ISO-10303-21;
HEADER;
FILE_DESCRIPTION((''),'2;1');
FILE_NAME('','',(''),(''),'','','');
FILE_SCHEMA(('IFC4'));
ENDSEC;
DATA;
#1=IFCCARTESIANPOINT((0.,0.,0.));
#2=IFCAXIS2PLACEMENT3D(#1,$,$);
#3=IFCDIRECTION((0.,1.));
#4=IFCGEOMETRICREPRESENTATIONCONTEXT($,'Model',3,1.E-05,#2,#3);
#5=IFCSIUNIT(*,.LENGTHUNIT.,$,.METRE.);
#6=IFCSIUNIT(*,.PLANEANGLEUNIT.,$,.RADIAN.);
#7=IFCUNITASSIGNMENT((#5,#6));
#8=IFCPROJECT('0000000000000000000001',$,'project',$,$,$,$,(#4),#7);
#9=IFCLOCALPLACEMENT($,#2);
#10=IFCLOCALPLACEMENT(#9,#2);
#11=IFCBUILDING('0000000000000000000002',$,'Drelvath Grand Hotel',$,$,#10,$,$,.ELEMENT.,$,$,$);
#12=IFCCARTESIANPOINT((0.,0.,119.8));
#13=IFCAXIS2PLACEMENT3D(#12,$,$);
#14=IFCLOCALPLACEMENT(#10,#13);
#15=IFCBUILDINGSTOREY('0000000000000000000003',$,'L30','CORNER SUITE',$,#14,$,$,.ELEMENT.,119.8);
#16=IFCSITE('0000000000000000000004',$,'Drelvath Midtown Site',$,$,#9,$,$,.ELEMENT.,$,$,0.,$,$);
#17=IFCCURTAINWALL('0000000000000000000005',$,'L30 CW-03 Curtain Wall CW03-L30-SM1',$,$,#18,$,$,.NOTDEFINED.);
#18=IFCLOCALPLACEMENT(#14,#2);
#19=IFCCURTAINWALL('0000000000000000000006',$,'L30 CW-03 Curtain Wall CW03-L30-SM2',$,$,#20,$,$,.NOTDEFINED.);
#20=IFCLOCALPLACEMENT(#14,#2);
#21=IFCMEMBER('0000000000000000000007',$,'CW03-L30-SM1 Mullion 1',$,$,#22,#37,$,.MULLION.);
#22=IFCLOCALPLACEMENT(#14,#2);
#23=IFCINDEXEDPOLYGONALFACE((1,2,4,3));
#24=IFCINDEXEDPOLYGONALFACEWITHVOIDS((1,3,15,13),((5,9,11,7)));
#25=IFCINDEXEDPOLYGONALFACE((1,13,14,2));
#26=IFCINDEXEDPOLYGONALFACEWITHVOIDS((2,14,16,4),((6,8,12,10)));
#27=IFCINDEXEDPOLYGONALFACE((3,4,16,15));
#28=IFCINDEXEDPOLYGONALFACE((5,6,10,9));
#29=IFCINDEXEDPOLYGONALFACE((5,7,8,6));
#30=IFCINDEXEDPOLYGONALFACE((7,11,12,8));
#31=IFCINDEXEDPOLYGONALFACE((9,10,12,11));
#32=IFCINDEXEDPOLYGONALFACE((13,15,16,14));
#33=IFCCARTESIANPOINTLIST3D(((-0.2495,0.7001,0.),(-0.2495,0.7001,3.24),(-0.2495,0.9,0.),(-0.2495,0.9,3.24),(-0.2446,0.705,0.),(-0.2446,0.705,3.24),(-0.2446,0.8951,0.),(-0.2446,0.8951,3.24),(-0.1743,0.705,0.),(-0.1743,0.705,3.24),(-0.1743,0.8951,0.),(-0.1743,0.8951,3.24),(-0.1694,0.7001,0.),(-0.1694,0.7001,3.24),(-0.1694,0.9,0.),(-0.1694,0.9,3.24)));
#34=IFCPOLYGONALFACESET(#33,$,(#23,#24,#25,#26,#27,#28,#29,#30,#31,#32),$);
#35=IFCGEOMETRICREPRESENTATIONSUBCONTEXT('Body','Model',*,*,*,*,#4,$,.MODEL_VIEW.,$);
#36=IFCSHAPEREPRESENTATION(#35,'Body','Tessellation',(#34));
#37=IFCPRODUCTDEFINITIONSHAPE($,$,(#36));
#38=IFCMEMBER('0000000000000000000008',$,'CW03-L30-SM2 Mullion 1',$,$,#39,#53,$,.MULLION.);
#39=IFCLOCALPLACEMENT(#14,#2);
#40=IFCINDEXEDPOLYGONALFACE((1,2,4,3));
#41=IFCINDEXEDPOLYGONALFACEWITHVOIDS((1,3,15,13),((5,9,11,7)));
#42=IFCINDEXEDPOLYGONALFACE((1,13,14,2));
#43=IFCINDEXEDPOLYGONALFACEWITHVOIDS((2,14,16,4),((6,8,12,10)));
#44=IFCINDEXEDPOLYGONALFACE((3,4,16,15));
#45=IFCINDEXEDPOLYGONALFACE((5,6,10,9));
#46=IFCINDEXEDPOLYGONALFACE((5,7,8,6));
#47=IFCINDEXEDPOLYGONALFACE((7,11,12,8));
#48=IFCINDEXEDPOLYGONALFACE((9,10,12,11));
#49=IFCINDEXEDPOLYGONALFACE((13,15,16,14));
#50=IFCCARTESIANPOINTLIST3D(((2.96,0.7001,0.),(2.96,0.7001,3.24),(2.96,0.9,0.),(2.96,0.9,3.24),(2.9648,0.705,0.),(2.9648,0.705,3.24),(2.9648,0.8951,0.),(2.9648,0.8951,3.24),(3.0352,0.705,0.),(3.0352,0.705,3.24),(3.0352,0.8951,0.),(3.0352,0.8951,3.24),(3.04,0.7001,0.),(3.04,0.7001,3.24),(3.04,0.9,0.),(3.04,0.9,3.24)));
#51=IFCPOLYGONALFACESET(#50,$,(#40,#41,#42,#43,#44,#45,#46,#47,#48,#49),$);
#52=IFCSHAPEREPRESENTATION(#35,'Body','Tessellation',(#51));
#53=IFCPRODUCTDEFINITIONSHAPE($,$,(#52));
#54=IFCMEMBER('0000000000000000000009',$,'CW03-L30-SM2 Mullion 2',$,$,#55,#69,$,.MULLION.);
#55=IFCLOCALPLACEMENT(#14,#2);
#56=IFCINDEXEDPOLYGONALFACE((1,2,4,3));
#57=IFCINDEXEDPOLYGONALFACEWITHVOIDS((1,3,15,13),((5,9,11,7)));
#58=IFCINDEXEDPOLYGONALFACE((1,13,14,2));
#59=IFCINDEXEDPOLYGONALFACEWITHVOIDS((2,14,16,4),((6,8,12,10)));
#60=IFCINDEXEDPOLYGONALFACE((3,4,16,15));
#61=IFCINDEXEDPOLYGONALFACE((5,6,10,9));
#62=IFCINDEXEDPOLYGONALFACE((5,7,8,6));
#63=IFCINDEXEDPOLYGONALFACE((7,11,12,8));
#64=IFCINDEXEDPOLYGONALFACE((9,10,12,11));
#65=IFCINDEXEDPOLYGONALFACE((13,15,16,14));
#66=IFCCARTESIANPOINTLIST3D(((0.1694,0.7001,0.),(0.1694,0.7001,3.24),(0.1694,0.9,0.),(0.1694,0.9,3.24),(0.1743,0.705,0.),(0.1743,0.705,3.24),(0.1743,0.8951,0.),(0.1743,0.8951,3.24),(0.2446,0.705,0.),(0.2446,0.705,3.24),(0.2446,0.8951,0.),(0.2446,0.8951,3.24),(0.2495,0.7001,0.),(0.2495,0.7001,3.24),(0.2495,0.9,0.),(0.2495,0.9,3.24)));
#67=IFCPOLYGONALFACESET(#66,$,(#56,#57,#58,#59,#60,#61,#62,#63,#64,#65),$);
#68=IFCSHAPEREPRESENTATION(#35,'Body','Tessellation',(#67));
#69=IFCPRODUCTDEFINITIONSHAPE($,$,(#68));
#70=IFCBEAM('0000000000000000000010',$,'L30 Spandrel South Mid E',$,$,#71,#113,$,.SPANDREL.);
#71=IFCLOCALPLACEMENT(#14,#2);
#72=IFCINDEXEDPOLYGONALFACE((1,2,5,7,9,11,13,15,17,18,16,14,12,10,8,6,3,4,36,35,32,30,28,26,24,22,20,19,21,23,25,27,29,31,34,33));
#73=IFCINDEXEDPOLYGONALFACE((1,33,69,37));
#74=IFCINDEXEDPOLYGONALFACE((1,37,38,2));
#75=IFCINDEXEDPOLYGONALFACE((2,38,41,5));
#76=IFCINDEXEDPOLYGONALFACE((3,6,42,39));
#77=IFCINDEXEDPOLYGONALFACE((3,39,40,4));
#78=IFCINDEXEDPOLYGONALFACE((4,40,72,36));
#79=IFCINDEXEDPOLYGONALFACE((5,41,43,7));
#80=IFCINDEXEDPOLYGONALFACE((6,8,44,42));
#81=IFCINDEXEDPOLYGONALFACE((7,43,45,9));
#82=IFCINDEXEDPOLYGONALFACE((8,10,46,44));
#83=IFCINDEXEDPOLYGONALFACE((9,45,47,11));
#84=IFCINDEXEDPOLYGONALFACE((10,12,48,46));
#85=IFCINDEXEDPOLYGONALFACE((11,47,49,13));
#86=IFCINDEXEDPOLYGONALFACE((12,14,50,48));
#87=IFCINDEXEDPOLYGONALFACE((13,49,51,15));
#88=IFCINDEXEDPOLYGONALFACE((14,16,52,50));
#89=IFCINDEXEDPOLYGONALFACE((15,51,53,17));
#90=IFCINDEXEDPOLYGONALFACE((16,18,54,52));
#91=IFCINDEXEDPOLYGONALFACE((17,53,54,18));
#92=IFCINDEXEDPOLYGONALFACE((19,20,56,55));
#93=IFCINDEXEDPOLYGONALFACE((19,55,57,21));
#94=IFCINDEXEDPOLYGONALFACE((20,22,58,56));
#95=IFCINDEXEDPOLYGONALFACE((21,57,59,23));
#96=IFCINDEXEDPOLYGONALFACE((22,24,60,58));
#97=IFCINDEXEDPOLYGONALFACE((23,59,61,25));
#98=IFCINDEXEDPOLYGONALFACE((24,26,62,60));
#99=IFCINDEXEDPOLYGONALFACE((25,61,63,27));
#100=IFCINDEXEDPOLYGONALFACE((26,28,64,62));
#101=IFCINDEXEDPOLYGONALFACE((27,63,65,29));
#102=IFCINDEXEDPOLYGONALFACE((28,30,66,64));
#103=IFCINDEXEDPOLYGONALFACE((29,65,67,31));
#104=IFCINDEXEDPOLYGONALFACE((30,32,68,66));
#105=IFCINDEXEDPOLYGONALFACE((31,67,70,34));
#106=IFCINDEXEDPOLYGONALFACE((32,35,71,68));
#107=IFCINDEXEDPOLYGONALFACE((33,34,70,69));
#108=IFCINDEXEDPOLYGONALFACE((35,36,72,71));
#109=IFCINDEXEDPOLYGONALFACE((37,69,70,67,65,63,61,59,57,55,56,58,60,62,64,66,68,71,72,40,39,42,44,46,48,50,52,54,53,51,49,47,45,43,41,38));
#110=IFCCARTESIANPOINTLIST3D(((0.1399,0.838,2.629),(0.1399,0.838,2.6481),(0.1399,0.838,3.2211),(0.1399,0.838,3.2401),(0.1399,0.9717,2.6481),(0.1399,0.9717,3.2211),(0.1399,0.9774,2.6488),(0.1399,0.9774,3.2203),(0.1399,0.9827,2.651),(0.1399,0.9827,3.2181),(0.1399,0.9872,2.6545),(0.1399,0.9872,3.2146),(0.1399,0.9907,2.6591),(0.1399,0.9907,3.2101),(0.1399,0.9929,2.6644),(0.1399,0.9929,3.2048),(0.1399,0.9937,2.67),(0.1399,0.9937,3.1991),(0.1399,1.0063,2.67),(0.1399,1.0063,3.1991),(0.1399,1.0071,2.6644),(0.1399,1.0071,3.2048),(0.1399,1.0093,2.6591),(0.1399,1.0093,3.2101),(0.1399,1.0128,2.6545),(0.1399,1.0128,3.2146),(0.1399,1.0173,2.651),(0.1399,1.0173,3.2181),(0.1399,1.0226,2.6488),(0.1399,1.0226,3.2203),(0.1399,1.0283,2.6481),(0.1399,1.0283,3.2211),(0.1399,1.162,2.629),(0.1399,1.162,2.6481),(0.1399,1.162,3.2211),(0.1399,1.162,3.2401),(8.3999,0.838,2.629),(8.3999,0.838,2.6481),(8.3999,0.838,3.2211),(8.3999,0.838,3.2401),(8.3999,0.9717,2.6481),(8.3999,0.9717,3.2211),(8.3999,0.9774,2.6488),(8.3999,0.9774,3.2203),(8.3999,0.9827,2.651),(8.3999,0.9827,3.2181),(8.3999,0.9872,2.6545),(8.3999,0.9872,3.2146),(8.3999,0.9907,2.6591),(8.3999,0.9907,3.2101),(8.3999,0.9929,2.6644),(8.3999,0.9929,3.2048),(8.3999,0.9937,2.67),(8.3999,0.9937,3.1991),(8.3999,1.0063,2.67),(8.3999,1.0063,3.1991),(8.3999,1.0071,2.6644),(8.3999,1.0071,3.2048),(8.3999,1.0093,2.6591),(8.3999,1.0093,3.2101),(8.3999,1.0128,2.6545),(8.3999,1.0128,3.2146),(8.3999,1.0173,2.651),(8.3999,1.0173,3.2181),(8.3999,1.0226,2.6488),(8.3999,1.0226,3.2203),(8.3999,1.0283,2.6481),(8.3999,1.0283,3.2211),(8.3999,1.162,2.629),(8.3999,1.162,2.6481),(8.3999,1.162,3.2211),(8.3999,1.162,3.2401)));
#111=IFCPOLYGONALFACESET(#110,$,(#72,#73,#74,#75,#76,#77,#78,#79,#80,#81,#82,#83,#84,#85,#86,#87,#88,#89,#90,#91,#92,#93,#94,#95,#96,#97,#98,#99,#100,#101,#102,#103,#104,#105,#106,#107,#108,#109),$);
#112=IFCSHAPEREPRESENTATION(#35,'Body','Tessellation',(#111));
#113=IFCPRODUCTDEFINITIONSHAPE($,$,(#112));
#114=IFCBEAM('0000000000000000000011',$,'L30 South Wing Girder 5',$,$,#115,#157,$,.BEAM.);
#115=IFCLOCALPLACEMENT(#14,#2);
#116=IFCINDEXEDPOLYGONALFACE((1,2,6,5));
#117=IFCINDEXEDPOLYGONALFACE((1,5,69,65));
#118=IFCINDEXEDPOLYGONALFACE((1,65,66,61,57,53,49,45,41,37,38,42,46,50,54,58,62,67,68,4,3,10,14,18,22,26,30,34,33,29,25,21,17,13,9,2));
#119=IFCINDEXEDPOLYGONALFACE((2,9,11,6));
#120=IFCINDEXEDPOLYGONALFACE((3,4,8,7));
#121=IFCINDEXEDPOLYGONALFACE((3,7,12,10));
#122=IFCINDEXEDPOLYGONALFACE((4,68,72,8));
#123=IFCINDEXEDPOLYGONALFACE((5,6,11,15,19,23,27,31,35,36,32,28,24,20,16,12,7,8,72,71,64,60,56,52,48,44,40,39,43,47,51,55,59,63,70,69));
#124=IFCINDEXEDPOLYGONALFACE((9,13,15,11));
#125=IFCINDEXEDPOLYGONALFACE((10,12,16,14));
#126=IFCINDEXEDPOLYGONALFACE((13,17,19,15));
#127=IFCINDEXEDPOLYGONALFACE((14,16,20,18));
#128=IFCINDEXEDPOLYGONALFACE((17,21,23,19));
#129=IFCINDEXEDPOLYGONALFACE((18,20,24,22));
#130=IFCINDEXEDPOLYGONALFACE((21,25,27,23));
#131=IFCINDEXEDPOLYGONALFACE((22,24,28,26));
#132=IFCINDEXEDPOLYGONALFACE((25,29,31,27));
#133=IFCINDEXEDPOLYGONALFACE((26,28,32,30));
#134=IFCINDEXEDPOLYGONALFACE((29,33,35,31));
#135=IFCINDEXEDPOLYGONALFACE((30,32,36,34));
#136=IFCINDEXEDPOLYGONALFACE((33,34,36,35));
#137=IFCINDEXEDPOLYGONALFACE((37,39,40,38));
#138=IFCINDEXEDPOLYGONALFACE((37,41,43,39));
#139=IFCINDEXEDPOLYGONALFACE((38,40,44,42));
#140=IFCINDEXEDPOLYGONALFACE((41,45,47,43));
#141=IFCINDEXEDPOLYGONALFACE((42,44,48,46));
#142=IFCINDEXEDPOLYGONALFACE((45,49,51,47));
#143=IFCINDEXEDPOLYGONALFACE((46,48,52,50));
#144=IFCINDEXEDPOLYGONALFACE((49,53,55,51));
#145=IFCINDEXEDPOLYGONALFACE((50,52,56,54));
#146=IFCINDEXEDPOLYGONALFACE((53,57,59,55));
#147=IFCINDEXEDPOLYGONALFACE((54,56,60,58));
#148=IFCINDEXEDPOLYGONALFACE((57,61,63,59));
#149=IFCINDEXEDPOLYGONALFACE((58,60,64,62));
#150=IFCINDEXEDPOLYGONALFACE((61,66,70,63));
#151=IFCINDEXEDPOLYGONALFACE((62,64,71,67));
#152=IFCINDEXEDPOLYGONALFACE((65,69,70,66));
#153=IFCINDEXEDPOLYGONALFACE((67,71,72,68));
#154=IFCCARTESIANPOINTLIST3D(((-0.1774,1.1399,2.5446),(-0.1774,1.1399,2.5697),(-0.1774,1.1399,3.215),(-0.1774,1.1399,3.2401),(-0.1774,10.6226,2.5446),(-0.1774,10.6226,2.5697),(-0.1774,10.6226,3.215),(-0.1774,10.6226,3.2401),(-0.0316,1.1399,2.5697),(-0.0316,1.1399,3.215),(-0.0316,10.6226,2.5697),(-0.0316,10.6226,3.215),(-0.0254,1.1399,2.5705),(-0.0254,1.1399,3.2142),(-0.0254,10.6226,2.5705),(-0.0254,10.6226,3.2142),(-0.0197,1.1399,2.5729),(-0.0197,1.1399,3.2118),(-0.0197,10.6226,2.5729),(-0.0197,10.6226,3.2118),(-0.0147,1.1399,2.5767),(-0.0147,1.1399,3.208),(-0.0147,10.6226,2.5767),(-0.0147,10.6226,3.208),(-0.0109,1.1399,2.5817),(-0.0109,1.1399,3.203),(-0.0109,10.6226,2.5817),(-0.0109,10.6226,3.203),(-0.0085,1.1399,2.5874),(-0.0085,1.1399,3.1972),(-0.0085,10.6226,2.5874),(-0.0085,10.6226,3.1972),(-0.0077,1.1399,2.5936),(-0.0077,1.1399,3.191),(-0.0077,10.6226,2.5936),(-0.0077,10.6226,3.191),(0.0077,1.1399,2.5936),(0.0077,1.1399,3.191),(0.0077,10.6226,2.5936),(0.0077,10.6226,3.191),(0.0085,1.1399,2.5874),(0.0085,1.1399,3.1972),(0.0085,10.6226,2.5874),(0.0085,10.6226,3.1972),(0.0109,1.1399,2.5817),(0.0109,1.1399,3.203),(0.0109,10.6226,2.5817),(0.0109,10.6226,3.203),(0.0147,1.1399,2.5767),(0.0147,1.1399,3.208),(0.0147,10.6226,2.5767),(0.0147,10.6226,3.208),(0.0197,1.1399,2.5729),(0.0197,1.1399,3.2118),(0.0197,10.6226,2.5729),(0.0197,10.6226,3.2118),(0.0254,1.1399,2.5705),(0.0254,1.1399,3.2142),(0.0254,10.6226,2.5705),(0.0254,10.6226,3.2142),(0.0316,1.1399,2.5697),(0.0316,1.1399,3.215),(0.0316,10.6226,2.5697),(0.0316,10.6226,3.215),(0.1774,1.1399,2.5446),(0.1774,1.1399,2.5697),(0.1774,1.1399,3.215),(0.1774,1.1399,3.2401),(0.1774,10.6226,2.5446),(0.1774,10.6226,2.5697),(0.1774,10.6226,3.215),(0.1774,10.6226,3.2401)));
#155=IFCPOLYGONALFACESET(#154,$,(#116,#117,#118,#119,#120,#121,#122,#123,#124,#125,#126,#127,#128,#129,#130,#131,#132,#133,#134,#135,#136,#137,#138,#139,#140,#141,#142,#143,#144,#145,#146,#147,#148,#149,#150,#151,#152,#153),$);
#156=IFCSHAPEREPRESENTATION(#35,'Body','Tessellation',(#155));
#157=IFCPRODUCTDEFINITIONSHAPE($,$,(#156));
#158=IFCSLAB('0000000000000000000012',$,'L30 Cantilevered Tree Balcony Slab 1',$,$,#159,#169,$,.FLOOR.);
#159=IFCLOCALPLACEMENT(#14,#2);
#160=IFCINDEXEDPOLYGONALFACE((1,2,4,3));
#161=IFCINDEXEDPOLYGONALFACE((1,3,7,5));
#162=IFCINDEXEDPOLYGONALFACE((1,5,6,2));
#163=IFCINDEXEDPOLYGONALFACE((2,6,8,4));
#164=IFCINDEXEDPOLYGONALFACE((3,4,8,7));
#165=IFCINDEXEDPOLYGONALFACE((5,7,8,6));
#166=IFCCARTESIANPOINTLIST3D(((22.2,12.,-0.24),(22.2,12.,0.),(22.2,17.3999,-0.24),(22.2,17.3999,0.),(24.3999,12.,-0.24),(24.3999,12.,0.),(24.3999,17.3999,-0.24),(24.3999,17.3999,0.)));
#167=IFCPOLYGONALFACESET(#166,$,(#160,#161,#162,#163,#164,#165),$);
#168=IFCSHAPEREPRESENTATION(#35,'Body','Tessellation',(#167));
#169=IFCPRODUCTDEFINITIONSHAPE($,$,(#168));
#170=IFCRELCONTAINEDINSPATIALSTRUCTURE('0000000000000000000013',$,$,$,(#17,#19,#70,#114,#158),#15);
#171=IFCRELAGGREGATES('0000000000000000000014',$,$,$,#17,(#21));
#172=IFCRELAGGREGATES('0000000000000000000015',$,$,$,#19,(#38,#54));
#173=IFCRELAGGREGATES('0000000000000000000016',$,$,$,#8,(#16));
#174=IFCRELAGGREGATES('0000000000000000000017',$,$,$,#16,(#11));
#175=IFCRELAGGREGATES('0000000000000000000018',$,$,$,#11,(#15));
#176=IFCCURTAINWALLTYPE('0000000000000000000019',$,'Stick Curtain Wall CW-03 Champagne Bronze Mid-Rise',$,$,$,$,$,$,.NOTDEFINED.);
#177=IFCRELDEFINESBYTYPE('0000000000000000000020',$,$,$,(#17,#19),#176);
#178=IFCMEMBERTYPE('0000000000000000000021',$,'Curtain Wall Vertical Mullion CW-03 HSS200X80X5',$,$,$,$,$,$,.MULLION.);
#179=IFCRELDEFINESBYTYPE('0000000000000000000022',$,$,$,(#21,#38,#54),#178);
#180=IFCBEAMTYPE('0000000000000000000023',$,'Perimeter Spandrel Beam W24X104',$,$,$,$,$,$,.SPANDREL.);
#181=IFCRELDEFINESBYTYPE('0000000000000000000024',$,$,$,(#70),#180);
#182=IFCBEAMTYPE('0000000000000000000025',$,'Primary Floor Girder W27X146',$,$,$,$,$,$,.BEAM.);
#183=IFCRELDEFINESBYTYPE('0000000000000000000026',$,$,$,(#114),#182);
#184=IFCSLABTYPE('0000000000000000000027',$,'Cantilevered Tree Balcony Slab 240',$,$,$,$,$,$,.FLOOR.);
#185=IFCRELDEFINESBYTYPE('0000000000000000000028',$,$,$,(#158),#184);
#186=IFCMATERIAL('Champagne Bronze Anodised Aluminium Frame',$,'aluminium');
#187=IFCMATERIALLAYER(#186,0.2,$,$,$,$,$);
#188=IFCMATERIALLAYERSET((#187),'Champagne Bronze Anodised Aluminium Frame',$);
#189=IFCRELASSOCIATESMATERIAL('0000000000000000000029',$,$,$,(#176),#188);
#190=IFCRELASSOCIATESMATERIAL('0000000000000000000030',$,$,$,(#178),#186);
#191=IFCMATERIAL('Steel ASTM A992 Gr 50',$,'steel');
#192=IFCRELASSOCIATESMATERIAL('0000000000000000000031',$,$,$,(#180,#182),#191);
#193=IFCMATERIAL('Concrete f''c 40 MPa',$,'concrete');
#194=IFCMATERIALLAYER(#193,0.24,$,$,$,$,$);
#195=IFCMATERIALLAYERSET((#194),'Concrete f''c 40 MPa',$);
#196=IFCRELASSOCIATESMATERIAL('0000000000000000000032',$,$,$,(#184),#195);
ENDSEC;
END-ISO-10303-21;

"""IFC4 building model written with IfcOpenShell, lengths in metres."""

from ifc_helpers import new_model, si_unit, direction, frame, origin, origin_2d, place, context, subcontext, project, spatial, polyline, hollow_rectangle, i_section, outline, extrude, material, layer, layer_set, material_profile, profile_set, type_object, element, aggregate, save


model = new_model("IFC4")

# Units and contexts
model_context = context("Model", 3, precision=1e-05, world=origin(), true_north=direction((0.0, 1.0)))
body_context = subcontext(model_context, "Body", "Model", "MODEL_VIEW")
ifc_project = project(units=[si_unit("LENGTHUNIT", "METRE"), si_unit("PLANEANGLEUNIT", "RADIAN")], contexts=[model_context])

# Site, building, storey
site_placement = place(None, origin())
site = spatial("IfcSite", under=ifc_project, at=site_placement, Name="Drelvath Midtown Site", CompositionType="ELEMENT", RefElevation=0.0)
building_placement = place(site_placement, origin())
building = spatial("IfcBuilding", under=site, at=building_placement, Name="Drelvath Grand Hotel", CompositionType="ELEMENT")
storey_placement = place(building_placement, frame((0.0, 0.0, 119.8)))
storey = spatial("IfcBuildingStorey", under=building, at=storey_placement, Name="L30", Description="CORNER SUITE", CompositionType="ELEMENT", Elevation=119.8)

# Curtain walls
ifc_material_1 = material(Name="Champagne Bronze Anodised Aluminium Frame", Category="aluminium")
ifc_layer_1 = layer(ifc_material_1, 0.2)
ifc_layer_set_1 = layer_set([ifc_layer_1], Name="Champagne Bronze Anodised Aluminium Frame")
curtain_wall_type = type_object("IfcCurtainWallType", Name="Stick Curtain Wall CW-03 Champagne Bronze Mid-Rise", PredefinedType="NOTDEFINED", material=ifc_layer_set_1)
curtain_wall_1_placement = place(storey_placement, origin())
curtain_wall_1 = element("IfcCurtainWall", 1, at=curtain_wall_1_placement, inside=storey, type_object=curtain_wall_type, Name="L30 CW-03 Curtain Wall CW03-L30-SM1", PredefinedType="NOTDEFINED")
curtain_wall_2_placement = place(storey_placement, origin())
curtain_wall_2 = element("IfcCurtainWall", 2, at=curtain_wall_2_placement, inside=storey, type_object=curtain_wall_type, Name="L30 CW-03 Curtain Wall CW03-L30-SM2", PredefinedType="NOTDEFINED")

# Members
ifc_material_profile_1 = material_profile(ifc_material_1, hollow_rectangle(XDim=0.0801, YDim=0.2, WallThickness=0.0049, at=origin_2d()), Name="HSS200X80X5")
ifc_profile_set_1 = profile_set([ifc_material_profile_1], Name="Champagne Bronze Anodised Aluminium Frame")
member_type_1 = type_object("IfcMemberType", Name="Curtain Wall Vertical Mullion CW-03 HSS200X80X5", PredefinedType="MULLION", material=ifc_profile_set_1)
member_1_placement = place(storey_placement, frame((-0.2095, 0.8, 0.0), z_axis=(0.0, 0.0, 1.0), x_axis=(1.0, 0.0, 0.0)))
member_1 = element("IfcMember", 3, at=member_1_placement, type_object=member_type_1, Name="CW03-L30-SM1 Mullion 1", PredefinedType="MULLION", context=body_context, shape_type="SweptSolid", body=[
    extrude(hollow_rectangle(XDim=0.0801, YDim=0.2, WallThickness=0.0049, at=origin_2d()), origin(), (0.0, 0.0, 1.0), 3.24),
])
aggregate(curtain_wall_1, [member_1])
member_2_placement = place(storey_placement, frame((3.0, 0.8, 0.0), z_axis=(0.0, 0.0, 1.0), x_axis=(1.0, 0.0, 0.0)))
member_2 = element("IfcMember", 4, at=member_2_placement, type_object=member_type_1, Name="CW03-L30-SM2 Mullion 1", PredefinedType="MULLION", context=body_context, shape_type="SweptSolid", body=[
    extrude(hollow_rectangle(XDim=0.0801, YDim=0.2, WallThickness=0.0049, at=origin_2d()), origin(), (0.0, 0.0, 1.0), 3.24),
])
member_3_placement = place(storey_placement, frame((0.2095, 0.8, 0.0), z_axis=(0.0, 0.0, 1.0), x_axis=(1.0, 0.0, 0.0)))
member_3 = element("IfcMember", 5, at=member_3_placement, type_object=member_type_1, Name="CW03-L30-SM2 Mullion 2", PredefinedType="MULLION", context=body_context, shape_type="SweptSolid", body=[
    extrude(hollow_rectangle(XDim=0.0801, YDim=0.2, WallThickness=0.0049, at=origin_2d()), origin(), (0.0, 0.0, 1.0), 3.24),
])

# Beams
ifc_material_2 = material(Name="Steel ASTM A992 Gr 50", Category="steel")
ifc_material_profile_2 = material_profile(ifc_material_2, i_section(OverallWidth=0.324, OverallDepth=0.6111, WebThickness=0.0127, FlangeThickness=0.019, FilletRadius=0.022, at=origin_2d()), Name="W24X104")
ifc_profile_set_2 = profile_set([ifc_material_profile_2], Name="Steel ASTM A992 Gr 50")
beam_type_1 = type_object("IfcBeamType", Name="Perimeter Spandrel Beam W24X104", PredefinedType="SPANDREL", material=ifc_profile_set_2)
beam_1_placement = place(storey_placement, frame((0.1399, 1.0, 2.9346), z_axis=(1.0, 0.0, 0.0), x_axis=(0.0, 1.0, 0.0)))
element("IfcBeam", 6, at=beam_1_placement, inside=storey, type_object=beam_type_1, Name="L30 Spandrel South Mid E", PredefinedType="SPANDREL", context=body_context, shape_type="SweptSolid", body=[
    extrude(i_section(OverallWidth=0.324, OverallDepth=0.6111, WebThickness=0.0127, FlangeThickness=0.019, FilletRadius=0.022, at=origin_2d()), origin(), (0.0, 0.0, 1.0), 8.26),
])
ifc_material_profile_3 = material_profile(ifc_material_2, i_section(OverallWidth=0.3547, OverallDepth=0.6956, WebThickness=0.0154, FlangeThickness=0.0251, FilletRadius=0.0239, at=origin_2d()), Name="W27X146")
ifc_profile_set_3 = profile_set([ifc_material_profile_3], Name="Steel ASTM A992 Gr 50")
beam_type_2 = type_object("IfcBeamType", Name="Primary Floor Girder W27X146", PredefinedType="BEAM", material=ifc_profile_set_3)
beam_2_placement = place(storey_placement, frame((0.0, 1.1399, 2.8923), z_axis=(0.0, 1.0, 0.0), x_axis=(-1.0, 0.0, 0.0)))
element("IfcBeam", 7, at=beam_2_placement, inside=storey, type_object=beam_type_2, Name="L30 South Wing Girder 5", PredefinedType="BEAM", context=body_context, shape_type="SweptSolid", body=[
    extrude(i_section(OverallWidth=0.3547, OverallDepth=0.6956, WebThickness=0.0154, FlangeThickness=0.0251, FilletRadius=0.0239, at=origin_2d()), origin(), (0.0, 0.0, 1.0), 9.4827),
])

# Slab
ifc_material_3 = material(Name="Concrete f'c 40 MPa", Category="concrete")
ifc_layer_2 = layer(ifc_material_3, 0.24)
ifc_layer_set_2 = layer_set([ifc_layer_2], Name="Concrete f'c 40 MPa")
slab_type_1 = type_object("IfcSlabType", Name="Cantilevered Tree Balcony Slab 240", PredefinedType="FLOOR", material=ifc_layer_set_2)
slab_1_placement = place(storey_placement, frame((0.0, 0.0, -0.24)))
element("IfcSlab", 8, at=slab_1_placement, inside=storey, type_object=slab_type_1, Name="L30 Cantilevered Tree Balcony Slab 1", PredefinedType="FLOOR", context=body_context, shape_type="SweptSolid", body=[
    extrude(outline(polyline([(22.2, 12.0), (24.3999, 12.0), (24.3999, 17.3999), (22.2, 17.3999), (22.2, 12.0)])), origin(), (0.0, 0.0, 1.0), 0.24),
])

aggregate(curtain_wall_2, [member_2, member_3])

save(model, "model.ifc")
